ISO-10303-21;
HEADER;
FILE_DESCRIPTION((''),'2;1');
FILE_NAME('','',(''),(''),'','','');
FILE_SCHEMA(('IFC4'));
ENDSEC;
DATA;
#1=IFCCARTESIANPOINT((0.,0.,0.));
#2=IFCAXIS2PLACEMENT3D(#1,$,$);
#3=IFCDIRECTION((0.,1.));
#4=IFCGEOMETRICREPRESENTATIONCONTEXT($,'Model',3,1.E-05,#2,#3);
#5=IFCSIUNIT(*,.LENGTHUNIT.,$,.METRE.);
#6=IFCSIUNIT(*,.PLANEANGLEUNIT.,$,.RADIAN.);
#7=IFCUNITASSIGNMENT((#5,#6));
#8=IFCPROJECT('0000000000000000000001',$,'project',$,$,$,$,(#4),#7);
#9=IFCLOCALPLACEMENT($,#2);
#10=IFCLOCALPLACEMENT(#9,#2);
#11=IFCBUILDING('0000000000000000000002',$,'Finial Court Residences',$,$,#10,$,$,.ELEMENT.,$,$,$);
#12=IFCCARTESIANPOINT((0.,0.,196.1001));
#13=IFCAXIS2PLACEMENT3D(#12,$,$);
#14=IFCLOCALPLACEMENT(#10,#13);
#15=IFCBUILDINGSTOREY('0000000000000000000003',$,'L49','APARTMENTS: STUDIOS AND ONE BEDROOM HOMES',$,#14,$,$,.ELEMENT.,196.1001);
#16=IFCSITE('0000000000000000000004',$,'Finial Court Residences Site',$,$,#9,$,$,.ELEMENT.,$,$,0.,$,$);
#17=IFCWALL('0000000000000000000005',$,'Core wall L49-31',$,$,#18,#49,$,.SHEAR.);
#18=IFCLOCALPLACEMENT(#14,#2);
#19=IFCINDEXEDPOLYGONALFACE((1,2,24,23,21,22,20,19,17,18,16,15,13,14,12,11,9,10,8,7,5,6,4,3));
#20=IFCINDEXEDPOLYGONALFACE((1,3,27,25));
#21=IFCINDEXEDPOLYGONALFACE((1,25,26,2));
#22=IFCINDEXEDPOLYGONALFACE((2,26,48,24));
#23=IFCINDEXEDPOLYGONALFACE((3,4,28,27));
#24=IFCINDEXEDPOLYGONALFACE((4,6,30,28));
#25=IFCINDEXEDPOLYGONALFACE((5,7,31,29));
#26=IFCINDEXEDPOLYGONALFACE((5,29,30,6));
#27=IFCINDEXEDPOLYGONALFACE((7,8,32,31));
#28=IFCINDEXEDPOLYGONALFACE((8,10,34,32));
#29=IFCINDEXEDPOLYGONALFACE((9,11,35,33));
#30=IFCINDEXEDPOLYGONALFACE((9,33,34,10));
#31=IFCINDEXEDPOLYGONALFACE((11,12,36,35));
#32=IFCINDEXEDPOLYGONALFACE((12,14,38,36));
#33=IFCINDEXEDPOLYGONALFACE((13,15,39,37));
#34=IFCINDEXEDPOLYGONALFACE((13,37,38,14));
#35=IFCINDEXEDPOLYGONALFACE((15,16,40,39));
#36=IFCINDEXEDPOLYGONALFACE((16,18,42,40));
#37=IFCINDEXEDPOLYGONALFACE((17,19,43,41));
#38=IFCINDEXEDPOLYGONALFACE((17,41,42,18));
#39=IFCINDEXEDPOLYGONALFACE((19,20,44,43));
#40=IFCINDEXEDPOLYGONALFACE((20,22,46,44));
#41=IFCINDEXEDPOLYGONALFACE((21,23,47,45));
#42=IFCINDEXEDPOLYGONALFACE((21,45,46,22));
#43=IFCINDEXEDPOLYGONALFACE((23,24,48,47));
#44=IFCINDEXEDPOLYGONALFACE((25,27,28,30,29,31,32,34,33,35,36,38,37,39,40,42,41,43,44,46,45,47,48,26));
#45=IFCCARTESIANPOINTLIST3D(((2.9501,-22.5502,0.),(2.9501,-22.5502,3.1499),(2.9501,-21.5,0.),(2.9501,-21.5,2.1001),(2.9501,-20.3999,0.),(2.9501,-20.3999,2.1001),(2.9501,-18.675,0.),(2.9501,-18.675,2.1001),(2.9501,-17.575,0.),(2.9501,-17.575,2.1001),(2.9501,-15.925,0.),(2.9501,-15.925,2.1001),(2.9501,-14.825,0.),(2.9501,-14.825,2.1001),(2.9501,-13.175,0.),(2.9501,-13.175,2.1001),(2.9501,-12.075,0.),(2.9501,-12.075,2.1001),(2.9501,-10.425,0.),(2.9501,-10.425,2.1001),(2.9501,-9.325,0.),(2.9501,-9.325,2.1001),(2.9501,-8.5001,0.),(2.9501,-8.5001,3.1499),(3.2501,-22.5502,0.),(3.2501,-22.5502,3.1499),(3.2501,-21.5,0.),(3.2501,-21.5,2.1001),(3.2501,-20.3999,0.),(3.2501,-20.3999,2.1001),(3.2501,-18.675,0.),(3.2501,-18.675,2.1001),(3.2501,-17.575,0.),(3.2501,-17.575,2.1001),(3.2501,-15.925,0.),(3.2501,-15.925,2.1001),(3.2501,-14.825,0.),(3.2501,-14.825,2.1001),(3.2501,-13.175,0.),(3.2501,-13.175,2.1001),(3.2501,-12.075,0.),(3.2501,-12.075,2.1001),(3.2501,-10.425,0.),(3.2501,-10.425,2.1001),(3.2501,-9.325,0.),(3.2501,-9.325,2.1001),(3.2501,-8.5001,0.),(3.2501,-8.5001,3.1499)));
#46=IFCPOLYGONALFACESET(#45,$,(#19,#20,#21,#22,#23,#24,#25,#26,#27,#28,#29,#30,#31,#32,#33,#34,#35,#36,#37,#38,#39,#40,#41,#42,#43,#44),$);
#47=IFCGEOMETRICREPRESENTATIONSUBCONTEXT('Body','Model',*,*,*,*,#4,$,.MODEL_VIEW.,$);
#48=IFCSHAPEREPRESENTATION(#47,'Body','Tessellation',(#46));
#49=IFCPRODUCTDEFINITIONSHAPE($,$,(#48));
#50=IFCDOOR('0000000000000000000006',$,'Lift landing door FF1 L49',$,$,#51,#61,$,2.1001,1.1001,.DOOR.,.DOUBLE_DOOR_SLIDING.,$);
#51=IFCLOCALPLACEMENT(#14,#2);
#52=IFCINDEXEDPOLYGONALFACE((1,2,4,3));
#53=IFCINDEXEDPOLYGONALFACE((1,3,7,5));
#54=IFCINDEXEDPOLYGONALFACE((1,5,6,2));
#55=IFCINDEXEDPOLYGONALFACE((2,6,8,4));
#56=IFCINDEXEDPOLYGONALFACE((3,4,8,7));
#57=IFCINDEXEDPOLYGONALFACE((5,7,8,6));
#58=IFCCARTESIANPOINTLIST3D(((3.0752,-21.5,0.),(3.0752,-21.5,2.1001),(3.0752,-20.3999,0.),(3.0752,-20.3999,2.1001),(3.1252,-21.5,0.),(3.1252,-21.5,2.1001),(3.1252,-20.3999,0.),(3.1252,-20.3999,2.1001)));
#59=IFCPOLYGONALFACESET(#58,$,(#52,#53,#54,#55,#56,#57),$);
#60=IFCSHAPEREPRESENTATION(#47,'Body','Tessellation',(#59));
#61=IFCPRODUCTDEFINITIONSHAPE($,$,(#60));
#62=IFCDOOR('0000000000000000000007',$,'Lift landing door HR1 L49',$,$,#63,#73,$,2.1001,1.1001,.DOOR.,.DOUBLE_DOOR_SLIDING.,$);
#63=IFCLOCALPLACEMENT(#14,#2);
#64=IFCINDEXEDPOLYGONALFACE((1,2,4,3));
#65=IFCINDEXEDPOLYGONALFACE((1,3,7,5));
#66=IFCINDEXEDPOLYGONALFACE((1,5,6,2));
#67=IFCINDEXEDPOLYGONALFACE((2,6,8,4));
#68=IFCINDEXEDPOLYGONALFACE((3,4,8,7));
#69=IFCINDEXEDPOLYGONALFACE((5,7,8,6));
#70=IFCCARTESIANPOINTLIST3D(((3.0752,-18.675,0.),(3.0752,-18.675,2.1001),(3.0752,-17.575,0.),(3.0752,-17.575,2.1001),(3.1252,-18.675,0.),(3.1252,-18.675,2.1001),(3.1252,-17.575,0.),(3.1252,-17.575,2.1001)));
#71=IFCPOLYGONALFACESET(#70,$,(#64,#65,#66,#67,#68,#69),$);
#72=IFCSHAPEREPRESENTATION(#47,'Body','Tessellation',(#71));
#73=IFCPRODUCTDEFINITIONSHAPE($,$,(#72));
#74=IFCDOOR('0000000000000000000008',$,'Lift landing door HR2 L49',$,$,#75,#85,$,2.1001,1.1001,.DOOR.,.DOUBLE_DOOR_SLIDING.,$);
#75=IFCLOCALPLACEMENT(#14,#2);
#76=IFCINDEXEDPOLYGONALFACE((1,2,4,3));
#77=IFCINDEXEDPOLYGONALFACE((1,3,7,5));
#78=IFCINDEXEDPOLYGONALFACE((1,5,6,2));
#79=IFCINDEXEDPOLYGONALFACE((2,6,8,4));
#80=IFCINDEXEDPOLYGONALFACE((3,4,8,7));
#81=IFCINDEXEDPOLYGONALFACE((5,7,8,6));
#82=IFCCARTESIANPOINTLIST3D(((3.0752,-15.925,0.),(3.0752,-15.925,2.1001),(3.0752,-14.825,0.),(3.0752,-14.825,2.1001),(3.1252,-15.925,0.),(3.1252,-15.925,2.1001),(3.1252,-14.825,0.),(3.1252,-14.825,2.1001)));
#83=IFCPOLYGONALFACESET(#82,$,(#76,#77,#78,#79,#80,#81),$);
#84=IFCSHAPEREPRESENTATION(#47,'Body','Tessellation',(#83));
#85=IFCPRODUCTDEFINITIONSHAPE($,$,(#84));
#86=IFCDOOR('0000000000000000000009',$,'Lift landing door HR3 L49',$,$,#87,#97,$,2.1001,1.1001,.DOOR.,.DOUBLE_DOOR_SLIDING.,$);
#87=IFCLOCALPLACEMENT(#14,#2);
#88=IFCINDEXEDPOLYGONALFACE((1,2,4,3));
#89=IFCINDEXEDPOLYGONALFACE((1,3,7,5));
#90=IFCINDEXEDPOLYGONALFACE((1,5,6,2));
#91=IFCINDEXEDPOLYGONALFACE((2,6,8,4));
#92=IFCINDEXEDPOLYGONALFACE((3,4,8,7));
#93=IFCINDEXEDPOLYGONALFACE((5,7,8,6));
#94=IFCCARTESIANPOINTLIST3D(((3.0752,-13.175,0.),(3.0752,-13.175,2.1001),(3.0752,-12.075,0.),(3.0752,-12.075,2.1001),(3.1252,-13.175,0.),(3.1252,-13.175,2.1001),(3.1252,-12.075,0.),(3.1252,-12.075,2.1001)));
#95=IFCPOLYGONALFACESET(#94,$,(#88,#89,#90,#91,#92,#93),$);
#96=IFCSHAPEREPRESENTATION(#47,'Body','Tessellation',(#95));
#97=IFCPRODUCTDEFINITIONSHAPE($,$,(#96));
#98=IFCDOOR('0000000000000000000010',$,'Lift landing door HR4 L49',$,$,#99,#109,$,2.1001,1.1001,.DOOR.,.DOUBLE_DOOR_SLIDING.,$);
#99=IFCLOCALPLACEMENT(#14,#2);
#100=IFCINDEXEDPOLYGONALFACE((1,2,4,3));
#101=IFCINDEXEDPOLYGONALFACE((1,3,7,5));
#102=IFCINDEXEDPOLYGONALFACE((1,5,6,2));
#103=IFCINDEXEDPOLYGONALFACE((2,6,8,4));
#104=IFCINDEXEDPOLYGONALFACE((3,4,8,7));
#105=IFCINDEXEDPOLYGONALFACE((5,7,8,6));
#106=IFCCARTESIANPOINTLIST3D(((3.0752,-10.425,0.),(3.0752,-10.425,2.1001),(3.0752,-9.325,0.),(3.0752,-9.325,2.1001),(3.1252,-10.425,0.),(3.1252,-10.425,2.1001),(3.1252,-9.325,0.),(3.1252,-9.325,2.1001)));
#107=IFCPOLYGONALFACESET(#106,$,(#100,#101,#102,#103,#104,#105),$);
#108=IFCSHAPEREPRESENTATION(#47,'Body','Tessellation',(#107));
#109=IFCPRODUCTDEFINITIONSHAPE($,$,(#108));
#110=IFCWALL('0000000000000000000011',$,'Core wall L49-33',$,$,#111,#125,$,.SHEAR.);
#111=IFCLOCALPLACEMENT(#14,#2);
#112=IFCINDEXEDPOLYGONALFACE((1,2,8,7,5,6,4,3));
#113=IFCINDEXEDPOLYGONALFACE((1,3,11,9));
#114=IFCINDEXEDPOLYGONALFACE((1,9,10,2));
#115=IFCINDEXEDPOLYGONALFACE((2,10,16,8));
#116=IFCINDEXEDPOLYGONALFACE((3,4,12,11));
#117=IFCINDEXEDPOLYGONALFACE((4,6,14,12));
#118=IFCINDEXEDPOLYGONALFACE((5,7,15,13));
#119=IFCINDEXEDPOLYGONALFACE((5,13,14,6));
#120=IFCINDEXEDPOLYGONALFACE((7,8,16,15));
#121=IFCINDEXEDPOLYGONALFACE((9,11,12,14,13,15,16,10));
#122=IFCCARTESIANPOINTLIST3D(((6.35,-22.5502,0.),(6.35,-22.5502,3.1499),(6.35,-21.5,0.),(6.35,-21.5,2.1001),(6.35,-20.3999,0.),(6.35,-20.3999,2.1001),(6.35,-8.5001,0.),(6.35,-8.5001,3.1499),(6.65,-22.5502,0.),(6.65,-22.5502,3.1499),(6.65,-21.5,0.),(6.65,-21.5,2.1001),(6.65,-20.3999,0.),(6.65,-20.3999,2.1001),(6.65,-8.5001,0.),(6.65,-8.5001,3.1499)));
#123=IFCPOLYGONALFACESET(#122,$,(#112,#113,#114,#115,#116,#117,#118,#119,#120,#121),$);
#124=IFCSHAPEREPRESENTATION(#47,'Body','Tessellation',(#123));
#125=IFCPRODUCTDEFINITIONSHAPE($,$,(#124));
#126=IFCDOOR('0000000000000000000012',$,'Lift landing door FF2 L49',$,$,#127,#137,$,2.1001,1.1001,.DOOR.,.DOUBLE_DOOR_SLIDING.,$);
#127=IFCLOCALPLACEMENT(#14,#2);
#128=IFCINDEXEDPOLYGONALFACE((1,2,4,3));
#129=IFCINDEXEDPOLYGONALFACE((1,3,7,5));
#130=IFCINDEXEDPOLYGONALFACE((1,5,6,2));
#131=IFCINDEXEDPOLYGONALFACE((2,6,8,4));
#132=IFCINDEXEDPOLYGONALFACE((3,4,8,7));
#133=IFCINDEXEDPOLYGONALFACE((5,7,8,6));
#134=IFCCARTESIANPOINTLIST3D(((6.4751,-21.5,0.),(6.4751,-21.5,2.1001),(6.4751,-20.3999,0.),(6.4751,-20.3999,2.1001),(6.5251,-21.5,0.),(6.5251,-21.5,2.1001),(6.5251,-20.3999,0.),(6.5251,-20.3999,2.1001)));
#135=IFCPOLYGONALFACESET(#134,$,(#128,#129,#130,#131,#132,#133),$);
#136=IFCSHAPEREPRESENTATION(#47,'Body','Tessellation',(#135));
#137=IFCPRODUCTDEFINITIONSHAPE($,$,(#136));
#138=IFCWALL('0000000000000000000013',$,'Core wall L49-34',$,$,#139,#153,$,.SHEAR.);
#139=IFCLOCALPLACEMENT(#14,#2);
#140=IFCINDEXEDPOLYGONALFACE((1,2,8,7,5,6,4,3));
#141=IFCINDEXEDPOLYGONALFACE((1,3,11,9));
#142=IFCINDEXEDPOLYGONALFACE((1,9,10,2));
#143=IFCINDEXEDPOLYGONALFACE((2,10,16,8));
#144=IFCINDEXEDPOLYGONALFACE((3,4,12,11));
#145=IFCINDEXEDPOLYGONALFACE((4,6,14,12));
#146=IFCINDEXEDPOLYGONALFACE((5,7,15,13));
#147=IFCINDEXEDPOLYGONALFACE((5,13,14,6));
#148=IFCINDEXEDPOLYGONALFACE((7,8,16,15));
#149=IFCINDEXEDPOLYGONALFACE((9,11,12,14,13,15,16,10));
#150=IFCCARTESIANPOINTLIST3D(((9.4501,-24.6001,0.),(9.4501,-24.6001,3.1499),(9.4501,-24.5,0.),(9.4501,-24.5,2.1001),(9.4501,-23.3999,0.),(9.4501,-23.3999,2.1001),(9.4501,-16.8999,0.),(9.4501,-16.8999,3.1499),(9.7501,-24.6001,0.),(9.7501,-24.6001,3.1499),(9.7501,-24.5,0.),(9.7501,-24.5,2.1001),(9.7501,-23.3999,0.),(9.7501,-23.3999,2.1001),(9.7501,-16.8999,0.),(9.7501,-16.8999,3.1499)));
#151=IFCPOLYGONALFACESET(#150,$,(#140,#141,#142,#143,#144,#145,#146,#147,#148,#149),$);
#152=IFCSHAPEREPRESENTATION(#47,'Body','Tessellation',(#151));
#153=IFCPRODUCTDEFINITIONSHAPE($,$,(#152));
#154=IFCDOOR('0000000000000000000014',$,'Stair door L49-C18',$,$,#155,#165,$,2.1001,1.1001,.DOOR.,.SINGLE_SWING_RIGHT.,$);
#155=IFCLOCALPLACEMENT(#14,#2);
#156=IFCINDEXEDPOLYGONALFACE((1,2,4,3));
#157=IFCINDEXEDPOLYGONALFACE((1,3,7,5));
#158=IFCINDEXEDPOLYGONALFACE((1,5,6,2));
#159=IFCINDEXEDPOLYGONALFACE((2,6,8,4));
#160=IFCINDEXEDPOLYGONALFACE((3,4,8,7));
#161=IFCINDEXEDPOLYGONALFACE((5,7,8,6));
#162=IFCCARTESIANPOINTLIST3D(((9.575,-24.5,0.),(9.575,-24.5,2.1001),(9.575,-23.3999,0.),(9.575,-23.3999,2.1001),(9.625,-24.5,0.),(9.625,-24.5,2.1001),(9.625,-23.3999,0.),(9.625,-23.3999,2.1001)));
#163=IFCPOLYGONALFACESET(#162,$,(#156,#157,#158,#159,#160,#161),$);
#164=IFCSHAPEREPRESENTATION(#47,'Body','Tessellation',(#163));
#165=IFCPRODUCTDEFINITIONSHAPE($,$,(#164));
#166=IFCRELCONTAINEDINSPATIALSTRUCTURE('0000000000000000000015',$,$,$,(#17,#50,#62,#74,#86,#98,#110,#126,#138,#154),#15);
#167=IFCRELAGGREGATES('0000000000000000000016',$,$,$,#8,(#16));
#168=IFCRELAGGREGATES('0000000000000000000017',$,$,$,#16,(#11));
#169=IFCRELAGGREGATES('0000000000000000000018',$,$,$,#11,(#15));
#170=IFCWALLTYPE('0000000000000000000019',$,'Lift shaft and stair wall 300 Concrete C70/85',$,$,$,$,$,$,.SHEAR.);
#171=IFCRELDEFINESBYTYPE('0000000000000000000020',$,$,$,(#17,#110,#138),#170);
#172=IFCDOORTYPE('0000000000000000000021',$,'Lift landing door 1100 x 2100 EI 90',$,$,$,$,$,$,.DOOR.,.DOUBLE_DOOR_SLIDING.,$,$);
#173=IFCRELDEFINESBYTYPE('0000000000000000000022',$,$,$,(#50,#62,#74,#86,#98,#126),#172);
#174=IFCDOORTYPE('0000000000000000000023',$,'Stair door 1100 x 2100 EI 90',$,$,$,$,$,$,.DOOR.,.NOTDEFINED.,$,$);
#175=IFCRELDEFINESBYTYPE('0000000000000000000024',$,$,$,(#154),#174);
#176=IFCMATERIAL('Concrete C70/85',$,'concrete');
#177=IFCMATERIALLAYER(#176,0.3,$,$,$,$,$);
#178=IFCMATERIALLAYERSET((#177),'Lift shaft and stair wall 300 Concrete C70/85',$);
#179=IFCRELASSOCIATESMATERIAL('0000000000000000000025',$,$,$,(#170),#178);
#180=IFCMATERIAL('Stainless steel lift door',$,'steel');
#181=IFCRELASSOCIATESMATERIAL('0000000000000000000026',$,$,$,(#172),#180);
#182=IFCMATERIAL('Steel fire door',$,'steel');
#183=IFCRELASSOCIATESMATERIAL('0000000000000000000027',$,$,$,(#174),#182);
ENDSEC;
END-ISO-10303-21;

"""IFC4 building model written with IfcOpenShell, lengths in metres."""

from ifc_helpers import new_model, si_unit, direction, frame, frame_2d, origin, place, context, subcontext, project, spatial, rectangle, extrude, material, layer, layer_set, type_object, element, fill, save


model = new_model("IFC4")

# Units and contexts
model_context = context("Model", 3, precision=1e-05, world=origin(), true_north=direction((0.0, 1.0)))
body_context = subcontext(model_context, "Body", "Model", "MODEL_VIEW")
ifc_project = project(units=[si_unit("LENGTHUNIT", "METRE"), si_unit("PLANEANGLEUNIT", "RADIAN")], contexts=[model_context])

# Site, building, storey
site_placement = place(None, origin())
site = spatial("IfcSite", under=ifc_project, at=site_placement, Name="Finial Court Residences Site", CompositionType="ELEMENT", RefElevation=0.0)
building_placement = place(site_placement, origin())
building = spatial("IfcBuilding", under=site, at=building_placement, Name="Finial Court Residences", CompositionType="ELEMENT")
storey_placement = place(building_placement, frame((0.0, 0.0, 196.1001)))
storey = spatial("IfcBuildingStorey", under=building, at=storey_placement, Name="L49", Description="APARTMENTS: STUDIOS AND ONE BEDROOM HOMES", CompositionType="ELEMENT", Elevation=196.1001)

# Shared definitions
ifc_material_1 = material(Name="Steel fire door", Category="steel")

# Shared definitions
ifc_material_2 = material(Name="Concrete C70/85", Category="concrete")
ifc_layer_1 = layer(ifc_material_2, 0.3)
ifc_layer_set_1 = layer_set([ifc_layer_1], Name="Lift shaft and stair wall 300 Concrete C70/85")
wall_type_1 = type_object("IfcWallType", Name="Lift shaft and stair wall 300 Concrete C70/85", PredefinedType="SHEAR", material=ifc_layer_set_1)

# Wall, openings, doors
wall_1_placement = place(storey_placement, frame((3.1001, -22.55, 0.0), z_axis=(0.0, 0.0, 1.0), x_axis=(0.0, 1.0, 0.0)))
wall_1 = element("IfcWall", 1, at=wall_1_placement, inside=storey, type_object=wall_type_1, Name="Core wall L49-31", PredefinedType="SHEAR", context=body_context, shape_type="SweptSolid", body=[
    extrude(rectangle(XDim=14.05, YDim=0.3, at=frame_2d((7.0249, 0.0))), origin(), (0.0, 0.0, 1.0), 3.1499),
])
opening_1_placement = place(wall_1_placement, frame((1.05, 0.0, 0.0)))
opening_1 = element("IfcOpeningElement", 2, at=opening_1_placement, cuts=wall_1, PredefinedType="OPENING", context=body_context, shape_type="SweptSolid", body=[
    extrude(rectangle(XDim=1.1001, YDim=2.1001, at=frame_2d((0.55, 1.05))), frame((0.0, 0.1599, 0.0), z_axis=(0.0, -1.0, 0.0), x_axis=(1.0, 0.0, 0.0)), (0.0, 0.0, 1.0), 0.3201),
])
opening_2_placement = place(wall_1_placement, frame((3.875, 0.0, 0.0)))
opening_2 = element("IfcOpeningElement", 3, at=opening_2_placement, cuts=wall_1, PredefinedType="OPENING", context=body_context, shape_type="SweptSolid", body=[
    extrude(rectangle(XDim=1.1001, YDim=2.1001, at=frame_2d((0.55, 1.05))), frame((0.0, 0.1599, 0.0), z_axis=(0.0, -1.0, 0.0), x_axis=(1.0, 0.0, 0.0)), (0.0, 0.0, 1.0), 0.3201),
])
opening_3_placement = place(wall_1_placement, frame((6.625, 0.0, 0.0)))
opening_3 = element("IfcOpeningElement", 4, at=opening_3_placement, cuts=wall_1, PredefinedType="OPENING", context=body_context, shape_type="SweptSolid", body=[
    extrude(rectangle(XDim=1.1001, YDim=2.1001, at=frame_2d((0.55, 1.05))), frame((0.0, 0.1599, 0.0), z_axis=(0.0, -1.0, 0.0), x_axis=(1.0, 0.0, 0.0)), (0.0, 0.0, 1.0), 0.3201),
])
opening_4_placement = place(wall_1_placement, frame((9.375, 0.0, 0.0)))
opening_4 = element("IfcOpeningElement", 5, at=opening_4_placement, cuts=wall_1, PredefinedType="OPENING", context=body_context, shape_type="SweptSolid", body=[
    extrude(rectangle(XDim=1.1001, YDim=2.1001, at=frame_2d((0.55, 1.05))), frame((0.0, 0.1599, 0.0), z_axis=(0.0, -1.0, 0.0), x_axis=(1.0, 0.0, 0.0)), (0.0, 0.0, 1.0), 0.3201),
])
opening_5_placement = place(wall_1_placement, frame((12.125, 0.0, 0.0)))
opening_5 = element("IfcOpeningElement", 6, at=opening_5_placement, cuts=wall_1, PredefinedType="OPENING", context=body_context, shape_type="SweptSolid", body=[
    extrude(rectangle(XDim=1.1001, YDim=2.1001, at=frame_2d((0.55, 1.05))), frame((0.0, 0.1599, 0.0), z_axis=(0.0, -1.0, 0.0), x_axis=(1.0, 0.0, 0.0)), (0.0, 0.0, 1.0), 0.3201),
])
ifc_material_3 = material(Name="Stainless steel lift door", Category="steel")
door_type_1 = type_object("IfcDoorType", Name="Lift landing door 1100 x 2100 EI 90", OperationType="DOUBLE_DOOR_SLIDING", PredefinedType="DOOR", material=ifc_material_3)
door_1_placement = place(opening_1_placement, origin())
door_1 = element("IfcDoor", 7, at=door_1_placement, inside=storey, type_object=door_type_1, Name="Lift landing door FF1 L49", OperationType="DOUBLE_DOOR_SLIDING", OverallHeight=2.1001, OverallWidth=1.1001, PredefinedType="DOOR", context=body_context, shape_type="SweptSolid", body=[
    extrude(rectangle(XDim=1.1001, YDim=2.1001, at=frame_2d((0.55, 1.05))), frame((0.0, 0.0249, 0.0), z_axis=(0.0, -1.0, 0.0), x_axis=(1.0, 0.0, 0.0)), (0.0, 0.0, 1.0), 0.05),
])
fill(opening_1, door_1)
door_2_placement = place(opening_2_placement, origin())
door_2 = element("IfcDoor", 8, at=door_2_placement, inside=storey, type_object=door_type_1, Name="Lift landing door HR1 L49", OperationType="DOUBLE_DOOR_SLIDING", OverallHeight=2.1001, OverallWidth=1.1001, PredefinedType="DOOR", context=body_context, shape_type="SweptSolid", body=[
    extrude(rectangle(XDim=1.1001, YDim=2.1001, at=frame_2d((0.55, 1.05))), frame((0.0, 0.0249, 0.0), z_axis=(0.0, -1.0, 0.0), x_axis=(1.0, 0.0, 0.0)), (0.0, 0.0, 1.0), 0.05),
])
fill(opening_2, door_2)
door_3_placement = place(opening_3_placement, origin())
door_3 = element("IfcDoor", 9, at=door_3_placement, inside=storey, type_object=door_type_1, Name="Lift landing door HR2 L49", OperationType="DOUBLE_DOOR_SLIDING", OverallHeight=2.1001, OverallWidth=1.1001, PredefinedType="DOOR", context=body_context, shape_type="SweptSolid", body=[
    extrude(rectangle(XDim=1.1001, YDim=2.1001, at=frame_2d((0.55, 1.05))), frame((0.0, 0.0249, 0.0), z_axis=(0.0, -1.0, 0.0), x_axis=(1.0, 0.0, 0.0)), (0.0, 0.0, 1.0), 0.05),
])
fill(opening_3, door_3)
door_4_placement = place(opening_4_placement, origin())
door_4 = element("IfcDoor", 10, at=door_4_placement, inside=storey, type_object=door_type_1, Name="Lift landing door HR3 L49", OperationType="DOUBLE_DOOR_SLIDING", OverallHeight=2.1001, OverallWidth=1.1001, PredefinedType="DOOR", context=body_context, shape_type="SweptSolid", body=[
    extrude(rectangle(XDim=1.1001, YDim=2.1001, at=frame_2d((0.55, 1.05))), frame((0.0, 0.0249, 0.0), z_axis=(0.0, -1.0, 0.0), x_axis=(1.0, 0.0, 0.0)), (0.0, 0.0, 1.0), 0.05),
])
fill(opening_4, door_4)
door_5_placement = place(opening_5_placement, origin())
door_5 = element("IfcDoor", 11, at=door_5_placement, inside=storey, type_object=door_type_1, Name="Lift landing door HR4 L49", OperationType="DOUBLE_DOOR_SLIDING", OverallHeight=2.1001, OverallWidth=1.1001, PredefinedType="DOOR", context=body_context, shape_type="SweptSolid", body=[
    extrude(rectangle(XDim=1.1001, YDim=2.1001, at=frame_2d((0.55, 1.05))), frame((0.0, 0.0249, 0.0), z_axis=(0.0, -1.0, 0.0), x_axis=(1.0, 0.0, 0.0)), (0.0, 0.0, 1.0), 0.05),
])
fill(opening_5, door_5)

# Walls, openings, doors
wall_2_placement = place(storey_placement, frame((6.5, -22.55, 0.0), z_axis=(0.0, 0.0, 1.0), x_axis=(0.0, 1.0, 0.0)))
wall_2 = element("IfcWall", 12, at=wall_2_placement, inside=storey, type_object=wall_type_1, Name="Core wall L49-33", PredefinedType="SHEAR", context=body_context, shape_type="SweptSolid", body=[
    extrude(rectangle(XDim=14.05, YDim=0.3, at=frame_2d((7.0249, 0.0))), origin(), (0.0, 0.0, 1.0), 3.1499),
])
opening_6_placement = place(wall_2_placement, frame((1.05, 0.0, 0.0)))
opening_6 = element("IfcOpeningElement", 13, at=opening_6_placement, cuts=wall_2, PredefinedType="OPENING", context=body_context, shape_type="SweptSolid", body=[
    extrude(rectangle(XDim=1.1001, YDim=2.1001, at=frame_2d((0.55, 1.05))), frame((0.0, 0.1599, 0.0), z_axis=(0.0, -1.0, 0.0), x_axis=(1.0, 0.0, 0.0)), (0.0, 0.0, 1.0), 0.3201),
])
door_6_placement = place(opening_6_placement, origin())
door_6 = element("IfcDoor", 14, at=door_6_placement, inside=storey, type_object=door_type_1, Name="Lift landing door FF2 L49", OperationType="DOUBLE_DOOR_SLIDING", OverallHeight=2.1001, OverallWidth=1.1001, PredefinedType="DOOR", context=body_context, shape_type="SweptSolid", body=[
    extrude(rectangle(XDim=1.1001, YDim=2.1001, at=frame_2d((0.55, 1.05))), frame((0.0, 0.0249, 0.0), z_axis=(0.0, -1.0, 0.0), x_axis=(1.0, 0.0, 0.0)), (0.0, 0.0, 1.0), 0.05),
])
fill(opening_6, door_6)
wall_3_placement = place(storey_placement, frame((9.6001, -16.8999, 0.0), z_axis=(0.0, 0.0, 1.0), x_axis=(0.0, -1.0, 0.0)))
wall_3 = element("IfcWall", 15, at=wall_3_placement, inside=storey, type_object=wall_type_1, Name="Core wall L49-34", PredefinedType="SHEAR", context=body_context, shape_type="SweptSolid", body=[
    extrude(rectangle(XDim=7.7002, YDim=0.3, at=frame_2d((3.8501, 0.0))), origin(), (0.0, 0.0, 1.0), 3.1499),
])
opening_7_placement = place(wall_3_placement, frame((6.5, 0.0, 0.0)))
opening_7 = element("IfcOpeningElement", 16, at=opening_7_placement, cuts=wall_3, PredefinedType="OPENING", context=body_context, shape_type="SweptSolid", body=[
    extrude(rectangle(XDim=1.1001, YDim=2.1001, at=frame_2d((0.55, 1.05))), frame((0.0, 0.1599, 0.0), z_axis=(0.0, -1.0, 0.0), x_axis=(1.0, 0.0, 0.0)), (0.0, 0.0, 1.0), 0.3201),
])
door_type_2 = type_object("IfcDoorType", Name="Stair door 1100 x 2100 EI 90", OperationType="NOTDEFINED", PredefinedType="DOOR", material=ifc_material_1)
door_7_placement = place(opening_7_placement, origin())
door_7 = element("IfcDoor", 17, at=door_7_placement, inside=storey, type_object=door_type_2, Name="Stair door L49-C18", OperationType="SINGLE_SWING_RIGHT", OverallHeight=2.1001, OverallWidth=1.1001, PredefinedType="DOOR", context=body_context, shape_type="SweptSolid", body=[
    extrude(rectangle(XDim=1.1001, YDim=2.1001, at=frame_2d((0.55, 1.05))), frame((0.0, 0.0249, 0.0), z_axis=(0.0, -1.0, 0.0), x_axis=(1.0, 0.0, 0.0)), (0.0, 0.0, 1.0), 0.05),
])
fill(opening_7, door_7)

save(model, "model.ifc")
